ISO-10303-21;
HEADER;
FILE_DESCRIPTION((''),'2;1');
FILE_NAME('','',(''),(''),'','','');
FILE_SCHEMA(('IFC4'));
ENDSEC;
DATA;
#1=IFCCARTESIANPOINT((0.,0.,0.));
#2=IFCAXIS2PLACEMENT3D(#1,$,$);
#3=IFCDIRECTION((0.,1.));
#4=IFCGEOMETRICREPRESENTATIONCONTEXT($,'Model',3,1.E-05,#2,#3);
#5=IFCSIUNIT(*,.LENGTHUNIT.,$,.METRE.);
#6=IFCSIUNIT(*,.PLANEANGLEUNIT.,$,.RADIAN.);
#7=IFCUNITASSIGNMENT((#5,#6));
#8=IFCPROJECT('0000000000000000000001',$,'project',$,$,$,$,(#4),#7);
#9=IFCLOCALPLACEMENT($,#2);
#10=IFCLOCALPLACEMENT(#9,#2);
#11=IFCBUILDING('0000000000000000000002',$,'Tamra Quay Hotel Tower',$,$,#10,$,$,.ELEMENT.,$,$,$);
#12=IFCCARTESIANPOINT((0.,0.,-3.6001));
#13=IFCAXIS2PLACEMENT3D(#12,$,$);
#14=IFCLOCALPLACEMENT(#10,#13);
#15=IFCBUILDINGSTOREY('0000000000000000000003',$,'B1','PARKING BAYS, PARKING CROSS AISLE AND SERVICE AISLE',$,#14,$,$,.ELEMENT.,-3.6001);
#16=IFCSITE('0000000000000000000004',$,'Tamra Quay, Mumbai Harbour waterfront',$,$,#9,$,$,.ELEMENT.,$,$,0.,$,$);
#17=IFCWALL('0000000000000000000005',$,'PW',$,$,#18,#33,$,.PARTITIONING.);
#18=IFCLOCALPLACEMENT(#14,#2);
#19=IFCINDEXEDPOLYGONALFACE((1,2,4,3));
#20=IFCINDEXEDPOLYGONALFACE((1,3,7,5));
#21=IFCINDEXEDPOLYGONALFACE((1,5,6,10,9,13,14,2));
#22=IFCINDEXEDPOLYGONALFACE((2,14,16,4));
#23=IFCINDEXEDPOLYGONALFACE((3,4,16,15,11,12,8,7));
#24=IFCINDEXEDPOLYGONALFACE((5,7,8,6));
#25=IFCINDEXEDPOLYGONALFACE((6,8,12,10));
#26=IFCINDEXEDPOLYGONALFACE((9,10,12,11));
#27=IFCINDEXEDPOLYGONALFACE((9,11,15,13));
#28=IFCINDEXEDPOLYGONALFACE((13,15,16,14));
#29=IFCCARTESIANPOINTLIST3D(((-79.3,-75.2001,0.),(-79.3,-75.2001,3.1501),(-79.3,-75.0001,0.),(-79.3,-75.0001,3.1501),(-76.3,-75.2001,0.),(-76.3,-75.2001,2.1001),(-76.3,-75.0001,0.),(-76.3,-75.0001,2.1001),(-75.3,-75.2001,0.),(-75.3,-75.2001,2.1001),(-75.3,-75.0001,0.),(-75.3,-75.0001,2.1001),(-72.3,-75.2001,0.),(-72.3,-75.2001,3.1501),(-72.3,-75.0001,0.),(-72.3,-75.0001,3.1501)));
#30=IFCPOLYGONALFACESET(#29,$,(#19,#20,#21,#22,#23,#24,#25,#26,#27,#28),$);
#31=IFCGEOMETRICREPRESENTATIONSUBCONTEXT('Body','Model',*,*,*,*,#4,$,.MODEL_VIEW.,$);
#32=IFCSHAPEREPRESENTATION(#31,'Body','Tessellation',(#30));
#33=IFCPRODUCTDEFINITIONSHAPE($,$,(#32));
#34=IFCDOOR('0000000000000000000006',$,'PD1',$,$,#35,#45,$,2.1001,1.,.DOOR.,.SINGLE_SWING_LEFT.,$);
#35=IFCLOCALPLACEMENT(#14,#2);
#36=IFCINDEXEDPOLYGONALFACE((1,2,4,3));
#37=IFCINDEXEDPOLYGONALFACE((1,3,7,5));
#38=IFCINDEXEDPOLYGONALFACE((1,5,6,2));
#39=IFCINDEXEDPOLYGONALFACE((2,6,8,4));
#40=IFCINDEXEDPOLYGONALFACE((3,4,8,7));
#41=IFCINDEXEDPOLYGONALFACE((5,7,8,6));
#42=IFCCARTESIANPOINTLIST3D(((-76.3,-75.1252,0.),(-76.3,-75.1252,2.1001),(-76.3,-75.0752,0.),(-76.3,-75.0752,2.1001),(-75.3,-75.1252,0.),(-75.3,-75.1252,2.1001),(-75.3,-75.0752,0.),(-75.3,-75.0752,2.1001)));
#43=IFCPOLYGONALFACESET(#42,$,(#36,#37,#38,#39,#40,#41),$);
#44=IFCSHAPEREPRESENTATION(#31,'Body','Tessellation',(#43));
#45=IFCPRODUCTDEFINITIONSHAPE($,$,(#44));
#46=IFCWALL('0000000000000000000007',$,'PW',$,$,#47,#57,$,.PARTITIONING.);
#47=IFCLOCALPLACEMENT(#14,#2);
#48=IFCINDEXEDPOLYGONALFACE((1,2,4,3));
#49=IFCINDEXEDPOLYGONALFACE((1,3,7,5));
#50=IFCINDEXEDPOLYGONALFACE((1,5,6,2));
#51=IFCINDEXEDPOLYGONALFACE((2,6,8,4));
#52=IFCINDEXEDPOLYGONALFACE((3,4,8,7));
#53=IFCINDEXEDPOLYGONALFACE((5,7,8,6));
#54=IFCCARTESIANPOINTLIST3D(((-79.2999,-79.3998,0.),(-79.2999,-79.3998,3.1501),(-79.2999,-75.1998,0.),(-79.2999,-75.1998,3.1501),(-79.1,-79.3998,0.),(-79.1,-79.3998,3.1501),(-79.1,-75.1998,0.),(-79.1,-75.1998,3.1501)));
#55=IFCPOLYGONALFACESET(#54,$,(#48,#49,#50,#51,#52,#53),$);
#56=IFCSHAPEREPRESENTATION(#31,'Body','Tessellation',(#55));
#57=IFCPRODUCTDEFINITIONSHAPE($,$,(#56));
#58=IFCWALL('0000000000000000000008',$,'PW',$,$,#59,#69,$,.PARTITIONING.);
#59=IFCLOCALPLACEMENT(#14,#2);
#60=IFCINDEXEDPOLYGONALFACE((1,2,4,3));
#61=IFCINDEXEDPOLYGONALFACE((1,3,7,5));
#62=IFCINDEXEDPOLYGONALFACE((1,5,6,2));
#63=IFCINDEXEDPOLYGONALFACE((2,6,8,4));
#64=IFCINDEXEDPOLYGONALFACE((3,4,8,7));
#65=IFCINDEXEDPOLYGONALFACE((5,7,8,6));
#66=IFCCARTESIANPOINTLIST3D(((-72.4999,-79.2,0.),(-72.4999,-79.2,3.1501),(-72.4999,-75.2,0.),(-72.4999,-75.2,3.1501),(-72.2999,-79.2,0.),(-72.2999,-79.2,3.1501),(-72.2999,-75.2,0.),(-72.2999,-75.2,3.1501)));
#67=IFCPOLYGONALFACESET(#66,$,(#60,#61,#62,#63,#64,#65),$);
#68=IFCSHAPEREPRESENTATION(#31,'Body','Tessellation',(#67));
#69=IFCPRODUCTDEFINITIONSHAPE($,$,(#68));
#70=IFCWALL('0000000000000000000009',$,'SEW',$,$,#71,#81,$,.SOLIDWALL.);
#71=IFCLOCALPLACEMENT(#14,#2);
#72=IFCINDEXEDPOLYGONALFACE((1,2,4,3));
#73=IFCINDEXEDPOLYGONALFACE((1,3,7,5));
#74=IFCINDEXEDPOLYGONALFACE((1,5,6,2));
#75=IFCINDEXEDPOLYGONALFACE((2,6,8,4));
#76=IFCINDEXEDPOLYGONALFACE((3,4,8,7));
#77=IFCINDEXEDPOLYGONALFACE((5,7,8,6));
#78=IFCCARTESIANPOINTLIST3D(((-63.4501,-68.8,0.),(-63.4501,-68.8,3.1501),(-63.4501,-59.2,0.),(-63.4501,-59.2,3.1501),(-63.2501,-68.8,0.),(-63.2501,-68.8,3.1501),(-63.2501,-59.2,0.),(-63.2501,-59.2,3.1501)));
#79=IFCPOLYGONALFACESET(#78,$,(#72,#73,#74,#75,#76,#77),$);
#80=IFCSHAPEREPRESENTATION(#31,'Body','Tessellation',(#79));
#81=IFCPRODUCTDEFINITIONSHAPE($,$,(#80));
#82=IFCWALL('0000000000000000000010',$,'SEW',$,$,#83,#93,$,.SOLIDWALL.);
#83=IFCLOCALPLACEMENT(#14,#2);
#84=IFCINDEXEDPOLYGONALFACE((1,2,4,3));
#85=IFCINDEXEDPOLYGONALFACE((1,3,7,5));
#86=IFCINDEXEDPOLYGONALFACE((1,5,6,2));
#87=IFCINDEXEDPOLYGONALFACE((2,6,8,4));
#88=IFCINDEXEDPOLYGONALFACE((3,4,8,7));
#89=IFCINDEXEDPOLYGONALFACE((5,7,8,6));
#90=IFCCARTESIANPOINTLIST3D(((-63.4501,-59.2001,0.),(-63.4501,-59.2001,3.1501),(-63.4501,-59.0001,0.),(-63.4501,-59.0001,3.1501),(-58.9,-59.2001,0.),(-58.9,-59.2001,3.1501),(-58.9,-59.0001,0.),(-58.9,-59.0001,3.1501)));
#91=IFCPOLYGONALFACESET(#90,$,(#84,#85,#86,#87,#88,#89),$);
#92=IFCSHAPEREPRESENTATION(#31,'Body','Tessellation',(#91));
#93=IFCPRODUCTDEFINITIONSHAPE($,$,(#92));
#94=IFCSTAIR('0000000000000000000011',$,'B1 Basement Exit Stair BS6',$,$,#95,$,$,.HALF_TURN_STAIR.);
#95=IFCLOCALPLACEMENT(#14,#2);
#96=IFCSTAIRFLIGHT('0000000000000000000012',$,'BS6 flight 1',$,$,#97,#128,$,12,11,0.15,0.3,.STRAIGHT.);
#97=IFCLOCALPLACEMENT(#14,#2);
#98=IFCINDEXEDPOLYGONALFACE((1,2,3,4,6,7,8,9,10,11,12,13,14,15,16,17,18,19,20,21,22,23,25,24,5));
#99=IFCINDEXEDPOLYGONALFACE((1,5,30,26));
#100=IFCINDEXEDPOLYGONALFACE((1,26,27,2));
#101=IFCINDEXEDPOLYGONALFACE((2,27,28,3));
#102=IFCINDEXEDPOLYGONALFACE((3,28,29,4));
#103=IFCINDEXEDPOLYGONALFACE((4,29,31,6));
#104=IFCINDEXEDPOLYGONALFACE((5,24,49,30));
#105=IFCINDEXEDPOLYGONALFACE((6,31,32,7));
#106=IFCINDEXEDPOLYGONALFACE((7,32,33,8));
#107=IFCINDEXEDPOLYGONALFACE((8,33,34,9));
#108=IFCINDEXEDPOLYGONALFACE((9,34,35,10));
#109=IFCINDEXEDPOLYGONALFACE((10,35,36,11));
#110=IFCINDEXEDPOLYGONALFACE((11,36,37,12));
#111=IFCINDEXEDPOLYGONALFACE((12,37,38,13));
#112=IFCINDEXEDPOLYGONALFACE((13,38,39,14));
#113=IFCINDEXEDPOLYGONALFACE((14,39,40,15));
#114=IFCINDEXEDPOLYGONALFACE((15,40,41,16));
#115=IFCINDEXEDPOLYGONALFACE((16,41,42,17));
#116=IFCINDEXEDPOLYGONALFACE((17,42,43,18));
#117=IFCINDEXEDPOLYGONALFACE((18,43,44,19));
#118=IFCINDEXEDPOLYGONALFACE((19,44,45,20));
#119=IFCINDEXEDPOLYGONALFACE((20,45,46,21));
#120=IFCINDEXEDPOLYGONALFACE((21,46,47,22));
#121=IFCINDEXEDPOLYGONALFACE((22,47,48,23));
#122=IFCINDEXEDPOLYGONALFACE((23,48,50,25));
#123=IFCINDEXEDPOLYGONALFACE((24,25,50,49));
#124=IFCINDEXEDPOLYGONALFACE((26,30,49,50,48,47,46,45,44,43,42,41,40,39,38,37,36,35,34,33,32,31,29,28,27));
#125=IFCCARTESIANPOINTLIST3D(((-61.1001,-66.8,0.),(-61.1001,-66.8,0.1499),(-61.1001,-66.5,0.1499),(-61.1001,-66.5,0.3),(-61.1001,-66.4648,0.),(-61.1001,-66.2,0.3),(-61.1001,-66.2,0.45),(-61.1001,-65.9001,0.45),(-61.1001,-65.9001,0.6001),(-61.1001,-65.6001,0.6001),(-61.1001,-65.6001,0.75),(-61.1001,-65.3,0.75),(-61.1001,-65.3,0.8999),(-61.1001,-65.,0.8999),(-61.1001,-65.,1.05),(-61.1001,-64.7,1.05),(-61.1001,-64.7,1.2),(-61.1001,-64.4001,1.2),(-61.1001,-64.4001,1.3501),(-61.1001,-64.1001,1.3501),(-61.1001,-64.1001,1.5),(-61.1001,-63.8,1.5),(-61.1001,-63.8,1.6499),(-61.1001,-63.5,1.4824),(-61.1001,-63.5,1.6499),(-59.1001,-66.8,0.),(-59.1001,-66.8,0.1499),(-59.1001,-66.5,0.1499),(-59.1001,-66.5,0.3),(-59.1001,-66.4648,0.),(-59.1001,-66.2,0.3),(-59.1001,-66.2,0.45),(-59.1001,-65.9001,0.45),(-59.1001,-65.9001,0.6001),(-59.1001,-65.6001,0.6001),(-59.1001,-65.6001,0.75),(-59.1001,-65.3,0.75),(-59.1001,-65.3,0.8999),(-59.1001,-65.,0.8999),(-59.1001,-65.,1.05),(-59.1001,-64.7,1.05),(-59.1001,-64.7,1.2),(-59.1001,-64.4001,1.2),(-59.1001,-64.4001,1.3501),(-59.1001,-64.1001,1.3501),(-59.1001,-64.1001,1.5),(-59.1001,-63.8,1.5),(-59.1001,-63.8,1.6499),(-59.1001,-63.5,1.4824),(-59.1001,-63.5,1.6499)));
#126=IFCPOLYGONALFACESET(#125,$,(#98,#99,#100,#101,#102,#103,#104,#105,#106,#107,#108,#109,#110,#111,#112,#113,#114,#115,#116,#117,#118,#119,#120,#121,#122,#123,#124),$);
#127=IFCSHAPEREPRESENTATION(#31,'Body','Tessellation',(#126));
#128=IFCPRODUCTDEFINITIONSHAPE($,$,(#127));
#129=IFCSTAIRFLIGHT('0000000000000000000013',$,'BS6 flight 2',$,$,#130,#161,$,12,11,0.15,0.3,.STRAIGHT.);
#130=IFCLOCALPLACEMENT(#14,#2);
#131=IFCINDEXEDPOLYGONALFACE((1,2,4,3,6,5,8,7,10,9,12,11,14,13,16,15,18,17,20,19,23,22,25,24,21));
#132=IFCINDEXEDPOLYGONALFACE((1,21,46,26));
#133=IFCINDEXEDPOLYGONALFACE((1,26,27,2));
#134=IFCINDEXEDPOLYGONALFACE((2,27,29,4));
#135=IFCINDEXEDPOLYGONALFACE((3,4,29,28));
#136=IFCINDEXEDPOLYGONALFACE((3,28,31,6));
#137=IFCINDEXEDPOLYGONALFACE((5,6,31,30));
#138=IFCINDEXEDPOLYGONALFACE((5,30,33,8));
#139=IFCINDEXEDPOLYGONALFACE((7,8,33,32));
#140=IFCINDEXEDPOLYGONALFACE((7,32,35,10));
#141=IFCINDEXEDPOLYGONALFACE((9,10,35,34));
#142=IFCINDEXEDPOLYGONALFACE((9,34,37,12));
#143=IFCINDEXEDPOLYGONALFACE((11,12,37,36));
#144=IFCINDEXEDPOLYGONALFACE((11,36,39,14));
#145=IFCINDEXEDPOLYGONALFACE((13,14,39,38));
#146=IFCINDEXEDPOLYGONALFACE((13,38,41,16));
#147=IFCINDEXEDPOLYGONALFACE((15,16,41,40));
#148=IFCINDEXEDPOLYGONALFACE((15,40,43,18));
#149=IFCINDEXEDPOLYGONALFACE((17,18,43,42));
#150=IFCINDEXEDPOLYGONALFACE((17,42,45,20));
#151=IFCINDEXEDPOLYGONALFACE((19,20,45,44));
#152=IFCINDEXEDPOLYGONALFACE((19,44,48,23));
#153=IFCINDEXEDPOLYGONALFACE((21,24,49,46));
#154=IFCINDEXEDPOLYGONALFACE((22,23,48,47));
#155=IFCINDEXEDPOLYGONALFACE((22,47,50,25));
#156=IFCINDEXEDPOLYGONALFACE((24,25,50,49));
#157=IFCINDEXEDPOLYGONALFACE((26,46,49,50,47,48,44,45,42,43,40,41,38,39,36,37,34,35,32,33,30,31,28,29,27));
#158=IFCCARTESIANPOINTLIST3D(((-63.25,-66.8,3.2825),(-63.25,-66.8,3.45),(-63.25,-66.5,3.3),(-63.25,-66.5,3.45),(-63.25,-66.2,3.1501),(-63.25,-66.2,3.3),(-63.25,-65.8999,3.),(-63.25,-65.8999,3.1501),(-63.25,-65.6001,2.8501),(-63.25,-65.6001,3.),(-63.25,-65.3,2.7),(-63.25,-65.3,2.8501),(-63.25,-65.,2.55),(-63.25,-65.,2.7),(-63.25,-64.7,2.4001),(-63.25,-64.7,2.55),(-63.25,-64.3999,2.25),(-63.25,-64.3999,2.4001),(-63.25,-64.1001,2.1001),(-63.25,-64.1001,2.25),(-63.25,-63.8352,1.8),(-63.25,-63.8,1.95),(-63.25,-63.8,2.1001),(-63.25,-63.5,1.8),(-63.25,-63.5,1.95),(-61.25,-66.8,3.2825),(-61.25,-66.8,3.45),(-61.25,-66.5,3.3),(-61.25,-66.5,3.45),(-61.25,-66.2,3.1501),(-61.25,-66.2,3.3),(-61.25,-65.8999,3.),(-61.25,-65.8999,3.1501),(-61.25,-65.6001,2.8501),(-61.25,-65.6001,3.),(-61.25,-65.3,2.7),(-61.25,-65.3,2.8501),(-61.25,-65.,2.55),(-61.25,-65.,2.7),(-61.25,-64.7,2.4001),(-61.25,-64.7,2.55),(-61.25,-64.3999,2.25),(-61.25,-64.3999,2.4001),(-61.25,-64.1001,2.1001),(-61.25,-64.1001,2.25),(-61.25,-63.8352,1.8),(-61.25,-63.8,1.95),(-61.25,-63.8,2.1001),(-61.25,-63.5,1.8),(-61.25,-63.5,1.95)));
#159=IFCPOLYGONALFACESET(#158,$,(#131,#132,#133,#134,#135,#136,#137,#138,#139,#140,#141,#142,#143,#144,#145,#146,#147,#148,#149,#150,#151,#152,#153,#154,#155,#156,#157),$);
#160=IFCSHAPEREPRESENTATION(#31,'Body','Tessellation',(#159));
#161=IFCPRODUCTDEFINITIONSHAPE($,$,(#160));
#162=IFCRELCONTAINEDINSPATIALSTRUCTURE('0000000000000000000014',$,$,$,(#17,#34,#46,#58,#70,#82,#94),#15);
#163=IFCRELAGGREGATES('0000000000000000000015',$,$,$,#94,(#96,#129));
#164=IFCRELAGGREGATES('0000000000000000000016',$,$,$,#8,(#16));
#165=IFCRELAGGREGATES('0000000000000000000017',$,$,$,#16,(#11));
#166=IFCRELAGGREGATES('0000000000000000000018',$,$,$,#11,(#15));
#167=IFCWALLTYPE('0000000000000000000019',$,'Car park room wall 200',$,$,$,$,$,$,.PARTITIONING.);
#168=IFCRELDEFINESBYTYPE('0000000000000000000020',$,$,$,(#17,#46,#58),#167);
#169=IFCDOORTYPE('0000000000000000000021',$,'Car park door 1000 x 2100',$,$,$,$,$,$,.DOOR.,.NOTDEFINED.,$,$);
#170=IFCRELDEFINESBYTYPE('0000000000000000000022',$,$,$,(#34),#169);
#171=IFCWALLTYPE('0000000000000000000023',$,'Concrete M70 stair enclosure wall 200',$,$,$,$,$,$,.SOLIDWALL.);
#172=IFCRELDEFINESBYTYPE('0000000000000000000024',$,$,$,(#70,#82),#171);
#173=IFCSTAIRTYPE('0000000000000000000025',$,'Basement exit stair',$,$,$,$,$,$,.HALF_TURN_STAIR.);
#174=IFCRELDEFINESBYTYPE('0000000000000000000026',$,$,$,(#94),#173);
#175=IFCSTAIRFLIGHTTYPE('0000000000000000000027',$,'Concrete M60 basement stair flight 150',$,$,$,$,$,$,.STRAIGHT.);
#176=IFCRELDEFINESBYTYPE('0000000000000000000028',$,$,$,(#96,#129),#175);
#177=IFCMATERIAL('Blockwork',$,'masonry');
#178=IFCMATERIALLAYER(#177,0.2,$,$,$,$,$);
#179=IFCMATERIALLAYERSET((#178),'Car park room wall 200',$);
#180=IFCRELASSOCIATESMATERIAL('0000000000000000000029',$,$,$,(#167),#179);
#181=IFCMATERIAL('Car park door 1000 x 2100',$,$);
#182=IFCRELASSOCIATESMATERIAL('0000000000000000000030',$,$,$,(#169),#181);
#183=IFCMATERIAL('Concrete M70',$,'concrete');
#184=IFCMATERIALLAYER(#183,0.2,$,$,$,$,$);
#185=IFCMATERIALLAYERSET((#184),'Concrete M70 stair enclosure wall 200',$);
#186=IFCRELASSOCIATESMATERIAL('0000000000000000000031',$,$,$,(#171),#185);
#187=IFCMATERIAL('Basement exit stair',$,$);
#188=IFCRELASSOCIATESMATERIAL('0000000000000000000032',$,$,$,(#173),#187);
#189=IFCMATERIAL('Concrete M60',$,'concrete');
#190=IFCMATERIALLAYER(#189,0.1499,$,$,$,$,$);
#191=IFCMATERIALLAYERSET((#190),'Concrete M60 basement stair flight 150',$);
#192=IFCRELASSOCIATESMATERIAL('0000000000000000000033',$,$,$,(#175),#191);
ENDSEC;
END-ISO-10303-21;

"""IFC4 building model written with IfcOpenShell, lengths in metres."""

from ifc_helpers import new_model, si_unit, direction, frame, frame_2d, origin, place, context, subcontext, project, spatial, polyline, rectangle, outline, extrude, material, layer, layer_set, type_object, element, fill, aggregate, save


model = new_model("IFC4")

# Units and contexts
model_context = context("Model", 3, precision=1e-05, world=origin(), true_north=direction((0.0, 1.0)))
body_context = subcontext(model_context, "Body", "Model", "MODEL_VIEW")
ifc_project = project(units=[si_unit("LENGTHUNIT", "METRE"), si_unit("PLANEANGLEUNIT", "RADIAN")], contexts=[model_context])

# Site, building, storey
site_placement = place(None, origin())
site = spatial("IfcSite", under=ifc_project, at=site_placement, Name="Tamra Quay, Mumbai Harbour waterfront", CompositionType="ELEMENT", RefElevation=0.0)
building_placement = place(site_placement, origin())
building = spatial("IfcBuilding", under=site, at=building_placement, Name="Tamra Quay Hotel Tower", CompositionType="ELEMENT")
storey_placement = place(building_placement, frame((0.0, 0.0, -3.6001)))
storey = spatial("IfcBuildingStorey", under=building, at=storey_placement, Name="B1", Description="PARKING BAYS, PARKING CROSS AISLE AND SERVICE AISLE", CompositionType="ELEMENT", Elevation=-3.6001)

# Shared definitions
ifc_material_1 = material(Name="Concrete M70", Category="concrete")

# Shared definitions
ifc_material_2 = material(Name="Concrete M60", Category="concrete")

# Shared definitions
ifc_material_3 = material(Name="Blockwork", Category="masonry")
ifc_layer_1 = layer(ifc_material_3, 0.2)
ifc_layer_set_1 = layer_set([ifc_layer_1], Name="Car park room wall 200")
wall_type_1 = type_object("IfcWallType", Name="Car park room wall 200", PredefinedType="PARTITIONING", material=ifc_layer_set_1)

# Shared definitions
ifc_material_4 = material(Name="Car park door 1000 x 2100")
door_type = type_object("IfcDoorType", Name="Car park door 1000 x 2100", OperationType="NOTDEFINED", PredefinedType="DOOR", material=ifc_material_4)

# Wall, opening, door
wall_1_placement = place(storey_placement, frame((-79.3, -75.1001, 0.0), z_axis=(0.0, 0.0, 1.0), x_axis=(1.0, 0.0, 0.0)))
wall_1 = element("IfcWall", 1, at=wall_1_placement, inside=storey, type_object=wall_type_1, Name="PW", PredefinedType="PARTITIONING", context=body_context, shape_type="SweptSolid", body=[
    extrude(rectangle(XDim=7.0, YDim=0.2, at=frame_2d((3.5, 0.0))), origin(), (0.0, 0.0, 1.0), 3.1501),
])
opening_1_placement = place(wall_1_placement, frame((3.0, 0.0, 0.0)))
opening_1 = element("IfcOpeningElement", 2, at=opening_1_placement, cuts=wall_1, PredefinedType="OPENING", context=body_context, shape_type="SweptSolid", body=[
    extrude(rectangle(XDim=1.0, YDim=2.1001, at=frame_2d((0.5, 1.05))), frame((0.0, 0.1099, 0.0), z_axis=(0.0, -1.0, 0.0), x_axis=(1.0, 0.0, 0.0)), (0.0, 0.0, 1.0), 0.22),
])
door_1_placement = place(opening_1_placement, origin())
door_1 = element("IfcDoor", 3, at=door_1_placement, inside=storey, type_object=door_type, Name="PD1", OperationType="SINGLE_SWING_LEFT", OverallHeight=2.1001, OverallWidth=1.0, PredefinedType="DOOR", context=body_context, shape_type="SweptSolid", body=[
    extrude(rectangle(XDim=1.0, YDim=2.1001, at=frame_2d((0.5, 1.05))), frame((0.0, 0.0249, 0.0), z_axis=(0.0, -1.0, 0.0), x_axis=(1.0, 0.0, 0.0)), (0.0, 0.0, 1.0), 0.05),
])
fill(opening_1, door_1)

# Walls
wall_2_placement = place(storey_placement, frame((-79.2, -79.3999, 0.0), z_axis=(0.0, 0.0, 1.0), x_axis=(0.0, 1.0, 0.0)))
element("IfcWall", 4, at=wall_2_placement, inside=storey, type_object=wall_type_1, Name="PW", PredefinedType="PARTITIONING", context=body_context, shape_type="SweptSolid", body=[
    extrude(rectangle(XDim=4.2, YDim=0.2, at=frame_2d((2.1001, 0.0))), origin(), (0.0, 0.0, 1.0), 3.1501),
])
wall_3_placement = place(storey_placement, frame((-72.3999, -79.2, 0.0), z_axis=(0.0, 0.0, 1.0), x_axis=(0.0, 1.0, 0.0)))
element("IfcWall", 5, at=wall_3_placement, inside=storey, type_object=wall_type_1, Name="PW", PredefinedType="PARTITIONING", context=body_context, shape_type="SweptSolid", body=[
    extrude(rectangle(XDim=4.0, YDim=0.2, at=frame_2d((2.0, 0.0))), origin(), (0.0, 0.0, 1.0), 3.1501),
])
ifc_layer_2 = layer(ifc_material_1, 0.2)
ifc_layer_set_2 = layer_set([ifc_layer_2], Name="Concrete M70 stair enclosure wall 200")
wall_type_2 = type_object("IfcWallType", Name="Concrete M70 stair enclosure wall 200", PredefinedType="SOLIDWALL", material=ifc_layer_set_2)
wall_4_placement = place(storey_placement, frame((-63.3501, -68.8, 0.0), z_axis=(0.0, 0.0, 1.0), x_axis=(0.0, 1.0, 0.0)))
element("IfcWall", 6, at=wall_4_placement, inside=storey, type_object=wall_type_2, Name="SEW", PredefinedType="SOLIDWALL", context=body_context, shape_type="SweptSolid", body=[
    extrude(rectangle(XDim=9.6001, YDim=0.2, at=frame_2d((4.8, 0.0))), origin(), (0.0, 0.0, 1.0), 3.1501),
])
wall_5_placement = place(storey_placement, frame((-63.45, -59.1001, 0.0), z_axis=(0.0, 0.0, 1.0), x_axis=(1.0, 0.0, 0.0)))
element("IfcWall", 7, at=wall_5_placement, inside=storey, type_object=wall_type_2, Name="SEW", PredefinedType="SOLIDWALL", context=body_context, shape_type="SweptSolid", body=[
    extrude(rectangle(XDim=4.55, YDim=0.2, at=frame_2d((2.2749, 0.0))), origin(), (0.0, 0.0, 1.0), 3.1501),
])

# Stair, stair flights
ifc_material_5 = material(Name="Basement exit stair")
stair_type = type_object("IfcStairType", Name="Basement exit stair", PredefinedType="HALF_TURN_STAIR", material=ifc_material_5)
stair_placement = place(storey_placement, origin())
stair = element("IfcStair", 8, at=stair_placement, inside=storey, type_object=stair_type, Name="B1 Basement Exit Stair BS6", PredefinedType="HALF_TURN_STAIR")
ifc_layer_3 = layer(ifc_material_2, 0.1499)
ifc_layer_set_3 = layer_set([ifc_layer_3], Name="Concrete M60 basement stair flight 150")
stair_flight_type = type_object("IfcStairFlightType", Name="Concrete M60 basement stair flight 150", PredefinedType="STRAIGHT", material=ifc_layer_set_3)
stair_flight_1_placement = place(storey_placement, frame((-60.1001, -66.8, 0.0), z_axis=(0.0, 0.0, 1.0), x_axis=(0.0, 1.0, 0.0)))
stair_flight_1 = element("IfcStairFlight", 9, at=stair_flight_1_placement, type_object=stair_flight_type, Name="BS6 flight 1", NumberOfRisers=12, NumberOfTreads=11, PredefinedType="STRAIGHT", RiserHeight=0.15, TreadLength=0.3, context=body_context, shape_type="SweptSolid", body=[
    extrude(outline(polyline([(0.0, 0.0), (0.0, 0.1499), (0.3, 0.1499), (0.3, 0.3), (0.6001, 0.3), (0.6001, 0.45), (0.8999, 0.45), (0.8999, 0.6001), (1.2, 0.6001), (1.2, 0.75), (1.5, 0.75), (1.5, 0.8999), (1.8, 0.8999), (1.8, 1.05), (2.1001, 1.05), (2.1001, 1.2), (2.3999, 1.2), (2.3999, 1.3501), (2.7, 1.3501), (2.7, 1.5), (3.0, 1.5), (3.0, 1.6499), (3.3, 1.6499), (3.3, 1.8), (3.3, 1.4824), (0.3352, 0.0), (0.0, 0.0)])), frame((0.0, 1.0, 0.0), z_axis=(0.0, -1.0, 0.0), x_axis=(1.0, 0.0, 0.0)), (0.0, 0.0, 1.0), 2.0),
])
stair_flight_2_placement = place(storey_placement, frame((-62.25, -63.5, 1.8), z_axis=(0.0, 0.0, 1.0), x_axis=(0.0, -1.0, 0.0)))
stair_flight_2 = element("IfcStairFlight", 10, at=stair_flight_2_placement, type_object=stair_flight_type, Name="BS6 flight 2", NumberOfRisers=12, NumberOfTreads=11, PredefinedType="STRAIGHT", RiserHeight=0.15, TreadLength=0.3, context=body_context, shape_type="SweptSolid", body=[
    extrude(outline(polyline([(0.0, 0.0), (0.0, 0.1499), (0.3, 0.1499), (0.3, 0.3), (0.6001, 0.3), (0.6001, 0.45), (0.8999, 0.45), (0.8999, 0.6001), (1.2, 0.6001), (1.2, 0.75), (1.5, 0.75), (1.5, 0.8999), (1.8, 0.8999), (1.8, 1.05), (2.1001, 1.05), (2.1001, 1.2), (2.3999, 1.2), (2.3999, 1.3501), (2.7, 1.3501), (2.7, 1.5), (3.0, 1.5), (3.0, 1.6499), (3.3, 1.6499), (3.3, 1.8), (3.3, 1.4824), (0.3352, 0.0), (0.0, 0.0)])), frame((0.0, 1.0, 0.0), z_axis=(0.0, -1.0, 0.0), x_axis=(1.0, 0.0, 0.0)), (0.0, 0.0, 1.0), 2.0),
])
aggregate(stair, [stair_flight_1, stair_flight_2])

save(model, "model.ifc")
